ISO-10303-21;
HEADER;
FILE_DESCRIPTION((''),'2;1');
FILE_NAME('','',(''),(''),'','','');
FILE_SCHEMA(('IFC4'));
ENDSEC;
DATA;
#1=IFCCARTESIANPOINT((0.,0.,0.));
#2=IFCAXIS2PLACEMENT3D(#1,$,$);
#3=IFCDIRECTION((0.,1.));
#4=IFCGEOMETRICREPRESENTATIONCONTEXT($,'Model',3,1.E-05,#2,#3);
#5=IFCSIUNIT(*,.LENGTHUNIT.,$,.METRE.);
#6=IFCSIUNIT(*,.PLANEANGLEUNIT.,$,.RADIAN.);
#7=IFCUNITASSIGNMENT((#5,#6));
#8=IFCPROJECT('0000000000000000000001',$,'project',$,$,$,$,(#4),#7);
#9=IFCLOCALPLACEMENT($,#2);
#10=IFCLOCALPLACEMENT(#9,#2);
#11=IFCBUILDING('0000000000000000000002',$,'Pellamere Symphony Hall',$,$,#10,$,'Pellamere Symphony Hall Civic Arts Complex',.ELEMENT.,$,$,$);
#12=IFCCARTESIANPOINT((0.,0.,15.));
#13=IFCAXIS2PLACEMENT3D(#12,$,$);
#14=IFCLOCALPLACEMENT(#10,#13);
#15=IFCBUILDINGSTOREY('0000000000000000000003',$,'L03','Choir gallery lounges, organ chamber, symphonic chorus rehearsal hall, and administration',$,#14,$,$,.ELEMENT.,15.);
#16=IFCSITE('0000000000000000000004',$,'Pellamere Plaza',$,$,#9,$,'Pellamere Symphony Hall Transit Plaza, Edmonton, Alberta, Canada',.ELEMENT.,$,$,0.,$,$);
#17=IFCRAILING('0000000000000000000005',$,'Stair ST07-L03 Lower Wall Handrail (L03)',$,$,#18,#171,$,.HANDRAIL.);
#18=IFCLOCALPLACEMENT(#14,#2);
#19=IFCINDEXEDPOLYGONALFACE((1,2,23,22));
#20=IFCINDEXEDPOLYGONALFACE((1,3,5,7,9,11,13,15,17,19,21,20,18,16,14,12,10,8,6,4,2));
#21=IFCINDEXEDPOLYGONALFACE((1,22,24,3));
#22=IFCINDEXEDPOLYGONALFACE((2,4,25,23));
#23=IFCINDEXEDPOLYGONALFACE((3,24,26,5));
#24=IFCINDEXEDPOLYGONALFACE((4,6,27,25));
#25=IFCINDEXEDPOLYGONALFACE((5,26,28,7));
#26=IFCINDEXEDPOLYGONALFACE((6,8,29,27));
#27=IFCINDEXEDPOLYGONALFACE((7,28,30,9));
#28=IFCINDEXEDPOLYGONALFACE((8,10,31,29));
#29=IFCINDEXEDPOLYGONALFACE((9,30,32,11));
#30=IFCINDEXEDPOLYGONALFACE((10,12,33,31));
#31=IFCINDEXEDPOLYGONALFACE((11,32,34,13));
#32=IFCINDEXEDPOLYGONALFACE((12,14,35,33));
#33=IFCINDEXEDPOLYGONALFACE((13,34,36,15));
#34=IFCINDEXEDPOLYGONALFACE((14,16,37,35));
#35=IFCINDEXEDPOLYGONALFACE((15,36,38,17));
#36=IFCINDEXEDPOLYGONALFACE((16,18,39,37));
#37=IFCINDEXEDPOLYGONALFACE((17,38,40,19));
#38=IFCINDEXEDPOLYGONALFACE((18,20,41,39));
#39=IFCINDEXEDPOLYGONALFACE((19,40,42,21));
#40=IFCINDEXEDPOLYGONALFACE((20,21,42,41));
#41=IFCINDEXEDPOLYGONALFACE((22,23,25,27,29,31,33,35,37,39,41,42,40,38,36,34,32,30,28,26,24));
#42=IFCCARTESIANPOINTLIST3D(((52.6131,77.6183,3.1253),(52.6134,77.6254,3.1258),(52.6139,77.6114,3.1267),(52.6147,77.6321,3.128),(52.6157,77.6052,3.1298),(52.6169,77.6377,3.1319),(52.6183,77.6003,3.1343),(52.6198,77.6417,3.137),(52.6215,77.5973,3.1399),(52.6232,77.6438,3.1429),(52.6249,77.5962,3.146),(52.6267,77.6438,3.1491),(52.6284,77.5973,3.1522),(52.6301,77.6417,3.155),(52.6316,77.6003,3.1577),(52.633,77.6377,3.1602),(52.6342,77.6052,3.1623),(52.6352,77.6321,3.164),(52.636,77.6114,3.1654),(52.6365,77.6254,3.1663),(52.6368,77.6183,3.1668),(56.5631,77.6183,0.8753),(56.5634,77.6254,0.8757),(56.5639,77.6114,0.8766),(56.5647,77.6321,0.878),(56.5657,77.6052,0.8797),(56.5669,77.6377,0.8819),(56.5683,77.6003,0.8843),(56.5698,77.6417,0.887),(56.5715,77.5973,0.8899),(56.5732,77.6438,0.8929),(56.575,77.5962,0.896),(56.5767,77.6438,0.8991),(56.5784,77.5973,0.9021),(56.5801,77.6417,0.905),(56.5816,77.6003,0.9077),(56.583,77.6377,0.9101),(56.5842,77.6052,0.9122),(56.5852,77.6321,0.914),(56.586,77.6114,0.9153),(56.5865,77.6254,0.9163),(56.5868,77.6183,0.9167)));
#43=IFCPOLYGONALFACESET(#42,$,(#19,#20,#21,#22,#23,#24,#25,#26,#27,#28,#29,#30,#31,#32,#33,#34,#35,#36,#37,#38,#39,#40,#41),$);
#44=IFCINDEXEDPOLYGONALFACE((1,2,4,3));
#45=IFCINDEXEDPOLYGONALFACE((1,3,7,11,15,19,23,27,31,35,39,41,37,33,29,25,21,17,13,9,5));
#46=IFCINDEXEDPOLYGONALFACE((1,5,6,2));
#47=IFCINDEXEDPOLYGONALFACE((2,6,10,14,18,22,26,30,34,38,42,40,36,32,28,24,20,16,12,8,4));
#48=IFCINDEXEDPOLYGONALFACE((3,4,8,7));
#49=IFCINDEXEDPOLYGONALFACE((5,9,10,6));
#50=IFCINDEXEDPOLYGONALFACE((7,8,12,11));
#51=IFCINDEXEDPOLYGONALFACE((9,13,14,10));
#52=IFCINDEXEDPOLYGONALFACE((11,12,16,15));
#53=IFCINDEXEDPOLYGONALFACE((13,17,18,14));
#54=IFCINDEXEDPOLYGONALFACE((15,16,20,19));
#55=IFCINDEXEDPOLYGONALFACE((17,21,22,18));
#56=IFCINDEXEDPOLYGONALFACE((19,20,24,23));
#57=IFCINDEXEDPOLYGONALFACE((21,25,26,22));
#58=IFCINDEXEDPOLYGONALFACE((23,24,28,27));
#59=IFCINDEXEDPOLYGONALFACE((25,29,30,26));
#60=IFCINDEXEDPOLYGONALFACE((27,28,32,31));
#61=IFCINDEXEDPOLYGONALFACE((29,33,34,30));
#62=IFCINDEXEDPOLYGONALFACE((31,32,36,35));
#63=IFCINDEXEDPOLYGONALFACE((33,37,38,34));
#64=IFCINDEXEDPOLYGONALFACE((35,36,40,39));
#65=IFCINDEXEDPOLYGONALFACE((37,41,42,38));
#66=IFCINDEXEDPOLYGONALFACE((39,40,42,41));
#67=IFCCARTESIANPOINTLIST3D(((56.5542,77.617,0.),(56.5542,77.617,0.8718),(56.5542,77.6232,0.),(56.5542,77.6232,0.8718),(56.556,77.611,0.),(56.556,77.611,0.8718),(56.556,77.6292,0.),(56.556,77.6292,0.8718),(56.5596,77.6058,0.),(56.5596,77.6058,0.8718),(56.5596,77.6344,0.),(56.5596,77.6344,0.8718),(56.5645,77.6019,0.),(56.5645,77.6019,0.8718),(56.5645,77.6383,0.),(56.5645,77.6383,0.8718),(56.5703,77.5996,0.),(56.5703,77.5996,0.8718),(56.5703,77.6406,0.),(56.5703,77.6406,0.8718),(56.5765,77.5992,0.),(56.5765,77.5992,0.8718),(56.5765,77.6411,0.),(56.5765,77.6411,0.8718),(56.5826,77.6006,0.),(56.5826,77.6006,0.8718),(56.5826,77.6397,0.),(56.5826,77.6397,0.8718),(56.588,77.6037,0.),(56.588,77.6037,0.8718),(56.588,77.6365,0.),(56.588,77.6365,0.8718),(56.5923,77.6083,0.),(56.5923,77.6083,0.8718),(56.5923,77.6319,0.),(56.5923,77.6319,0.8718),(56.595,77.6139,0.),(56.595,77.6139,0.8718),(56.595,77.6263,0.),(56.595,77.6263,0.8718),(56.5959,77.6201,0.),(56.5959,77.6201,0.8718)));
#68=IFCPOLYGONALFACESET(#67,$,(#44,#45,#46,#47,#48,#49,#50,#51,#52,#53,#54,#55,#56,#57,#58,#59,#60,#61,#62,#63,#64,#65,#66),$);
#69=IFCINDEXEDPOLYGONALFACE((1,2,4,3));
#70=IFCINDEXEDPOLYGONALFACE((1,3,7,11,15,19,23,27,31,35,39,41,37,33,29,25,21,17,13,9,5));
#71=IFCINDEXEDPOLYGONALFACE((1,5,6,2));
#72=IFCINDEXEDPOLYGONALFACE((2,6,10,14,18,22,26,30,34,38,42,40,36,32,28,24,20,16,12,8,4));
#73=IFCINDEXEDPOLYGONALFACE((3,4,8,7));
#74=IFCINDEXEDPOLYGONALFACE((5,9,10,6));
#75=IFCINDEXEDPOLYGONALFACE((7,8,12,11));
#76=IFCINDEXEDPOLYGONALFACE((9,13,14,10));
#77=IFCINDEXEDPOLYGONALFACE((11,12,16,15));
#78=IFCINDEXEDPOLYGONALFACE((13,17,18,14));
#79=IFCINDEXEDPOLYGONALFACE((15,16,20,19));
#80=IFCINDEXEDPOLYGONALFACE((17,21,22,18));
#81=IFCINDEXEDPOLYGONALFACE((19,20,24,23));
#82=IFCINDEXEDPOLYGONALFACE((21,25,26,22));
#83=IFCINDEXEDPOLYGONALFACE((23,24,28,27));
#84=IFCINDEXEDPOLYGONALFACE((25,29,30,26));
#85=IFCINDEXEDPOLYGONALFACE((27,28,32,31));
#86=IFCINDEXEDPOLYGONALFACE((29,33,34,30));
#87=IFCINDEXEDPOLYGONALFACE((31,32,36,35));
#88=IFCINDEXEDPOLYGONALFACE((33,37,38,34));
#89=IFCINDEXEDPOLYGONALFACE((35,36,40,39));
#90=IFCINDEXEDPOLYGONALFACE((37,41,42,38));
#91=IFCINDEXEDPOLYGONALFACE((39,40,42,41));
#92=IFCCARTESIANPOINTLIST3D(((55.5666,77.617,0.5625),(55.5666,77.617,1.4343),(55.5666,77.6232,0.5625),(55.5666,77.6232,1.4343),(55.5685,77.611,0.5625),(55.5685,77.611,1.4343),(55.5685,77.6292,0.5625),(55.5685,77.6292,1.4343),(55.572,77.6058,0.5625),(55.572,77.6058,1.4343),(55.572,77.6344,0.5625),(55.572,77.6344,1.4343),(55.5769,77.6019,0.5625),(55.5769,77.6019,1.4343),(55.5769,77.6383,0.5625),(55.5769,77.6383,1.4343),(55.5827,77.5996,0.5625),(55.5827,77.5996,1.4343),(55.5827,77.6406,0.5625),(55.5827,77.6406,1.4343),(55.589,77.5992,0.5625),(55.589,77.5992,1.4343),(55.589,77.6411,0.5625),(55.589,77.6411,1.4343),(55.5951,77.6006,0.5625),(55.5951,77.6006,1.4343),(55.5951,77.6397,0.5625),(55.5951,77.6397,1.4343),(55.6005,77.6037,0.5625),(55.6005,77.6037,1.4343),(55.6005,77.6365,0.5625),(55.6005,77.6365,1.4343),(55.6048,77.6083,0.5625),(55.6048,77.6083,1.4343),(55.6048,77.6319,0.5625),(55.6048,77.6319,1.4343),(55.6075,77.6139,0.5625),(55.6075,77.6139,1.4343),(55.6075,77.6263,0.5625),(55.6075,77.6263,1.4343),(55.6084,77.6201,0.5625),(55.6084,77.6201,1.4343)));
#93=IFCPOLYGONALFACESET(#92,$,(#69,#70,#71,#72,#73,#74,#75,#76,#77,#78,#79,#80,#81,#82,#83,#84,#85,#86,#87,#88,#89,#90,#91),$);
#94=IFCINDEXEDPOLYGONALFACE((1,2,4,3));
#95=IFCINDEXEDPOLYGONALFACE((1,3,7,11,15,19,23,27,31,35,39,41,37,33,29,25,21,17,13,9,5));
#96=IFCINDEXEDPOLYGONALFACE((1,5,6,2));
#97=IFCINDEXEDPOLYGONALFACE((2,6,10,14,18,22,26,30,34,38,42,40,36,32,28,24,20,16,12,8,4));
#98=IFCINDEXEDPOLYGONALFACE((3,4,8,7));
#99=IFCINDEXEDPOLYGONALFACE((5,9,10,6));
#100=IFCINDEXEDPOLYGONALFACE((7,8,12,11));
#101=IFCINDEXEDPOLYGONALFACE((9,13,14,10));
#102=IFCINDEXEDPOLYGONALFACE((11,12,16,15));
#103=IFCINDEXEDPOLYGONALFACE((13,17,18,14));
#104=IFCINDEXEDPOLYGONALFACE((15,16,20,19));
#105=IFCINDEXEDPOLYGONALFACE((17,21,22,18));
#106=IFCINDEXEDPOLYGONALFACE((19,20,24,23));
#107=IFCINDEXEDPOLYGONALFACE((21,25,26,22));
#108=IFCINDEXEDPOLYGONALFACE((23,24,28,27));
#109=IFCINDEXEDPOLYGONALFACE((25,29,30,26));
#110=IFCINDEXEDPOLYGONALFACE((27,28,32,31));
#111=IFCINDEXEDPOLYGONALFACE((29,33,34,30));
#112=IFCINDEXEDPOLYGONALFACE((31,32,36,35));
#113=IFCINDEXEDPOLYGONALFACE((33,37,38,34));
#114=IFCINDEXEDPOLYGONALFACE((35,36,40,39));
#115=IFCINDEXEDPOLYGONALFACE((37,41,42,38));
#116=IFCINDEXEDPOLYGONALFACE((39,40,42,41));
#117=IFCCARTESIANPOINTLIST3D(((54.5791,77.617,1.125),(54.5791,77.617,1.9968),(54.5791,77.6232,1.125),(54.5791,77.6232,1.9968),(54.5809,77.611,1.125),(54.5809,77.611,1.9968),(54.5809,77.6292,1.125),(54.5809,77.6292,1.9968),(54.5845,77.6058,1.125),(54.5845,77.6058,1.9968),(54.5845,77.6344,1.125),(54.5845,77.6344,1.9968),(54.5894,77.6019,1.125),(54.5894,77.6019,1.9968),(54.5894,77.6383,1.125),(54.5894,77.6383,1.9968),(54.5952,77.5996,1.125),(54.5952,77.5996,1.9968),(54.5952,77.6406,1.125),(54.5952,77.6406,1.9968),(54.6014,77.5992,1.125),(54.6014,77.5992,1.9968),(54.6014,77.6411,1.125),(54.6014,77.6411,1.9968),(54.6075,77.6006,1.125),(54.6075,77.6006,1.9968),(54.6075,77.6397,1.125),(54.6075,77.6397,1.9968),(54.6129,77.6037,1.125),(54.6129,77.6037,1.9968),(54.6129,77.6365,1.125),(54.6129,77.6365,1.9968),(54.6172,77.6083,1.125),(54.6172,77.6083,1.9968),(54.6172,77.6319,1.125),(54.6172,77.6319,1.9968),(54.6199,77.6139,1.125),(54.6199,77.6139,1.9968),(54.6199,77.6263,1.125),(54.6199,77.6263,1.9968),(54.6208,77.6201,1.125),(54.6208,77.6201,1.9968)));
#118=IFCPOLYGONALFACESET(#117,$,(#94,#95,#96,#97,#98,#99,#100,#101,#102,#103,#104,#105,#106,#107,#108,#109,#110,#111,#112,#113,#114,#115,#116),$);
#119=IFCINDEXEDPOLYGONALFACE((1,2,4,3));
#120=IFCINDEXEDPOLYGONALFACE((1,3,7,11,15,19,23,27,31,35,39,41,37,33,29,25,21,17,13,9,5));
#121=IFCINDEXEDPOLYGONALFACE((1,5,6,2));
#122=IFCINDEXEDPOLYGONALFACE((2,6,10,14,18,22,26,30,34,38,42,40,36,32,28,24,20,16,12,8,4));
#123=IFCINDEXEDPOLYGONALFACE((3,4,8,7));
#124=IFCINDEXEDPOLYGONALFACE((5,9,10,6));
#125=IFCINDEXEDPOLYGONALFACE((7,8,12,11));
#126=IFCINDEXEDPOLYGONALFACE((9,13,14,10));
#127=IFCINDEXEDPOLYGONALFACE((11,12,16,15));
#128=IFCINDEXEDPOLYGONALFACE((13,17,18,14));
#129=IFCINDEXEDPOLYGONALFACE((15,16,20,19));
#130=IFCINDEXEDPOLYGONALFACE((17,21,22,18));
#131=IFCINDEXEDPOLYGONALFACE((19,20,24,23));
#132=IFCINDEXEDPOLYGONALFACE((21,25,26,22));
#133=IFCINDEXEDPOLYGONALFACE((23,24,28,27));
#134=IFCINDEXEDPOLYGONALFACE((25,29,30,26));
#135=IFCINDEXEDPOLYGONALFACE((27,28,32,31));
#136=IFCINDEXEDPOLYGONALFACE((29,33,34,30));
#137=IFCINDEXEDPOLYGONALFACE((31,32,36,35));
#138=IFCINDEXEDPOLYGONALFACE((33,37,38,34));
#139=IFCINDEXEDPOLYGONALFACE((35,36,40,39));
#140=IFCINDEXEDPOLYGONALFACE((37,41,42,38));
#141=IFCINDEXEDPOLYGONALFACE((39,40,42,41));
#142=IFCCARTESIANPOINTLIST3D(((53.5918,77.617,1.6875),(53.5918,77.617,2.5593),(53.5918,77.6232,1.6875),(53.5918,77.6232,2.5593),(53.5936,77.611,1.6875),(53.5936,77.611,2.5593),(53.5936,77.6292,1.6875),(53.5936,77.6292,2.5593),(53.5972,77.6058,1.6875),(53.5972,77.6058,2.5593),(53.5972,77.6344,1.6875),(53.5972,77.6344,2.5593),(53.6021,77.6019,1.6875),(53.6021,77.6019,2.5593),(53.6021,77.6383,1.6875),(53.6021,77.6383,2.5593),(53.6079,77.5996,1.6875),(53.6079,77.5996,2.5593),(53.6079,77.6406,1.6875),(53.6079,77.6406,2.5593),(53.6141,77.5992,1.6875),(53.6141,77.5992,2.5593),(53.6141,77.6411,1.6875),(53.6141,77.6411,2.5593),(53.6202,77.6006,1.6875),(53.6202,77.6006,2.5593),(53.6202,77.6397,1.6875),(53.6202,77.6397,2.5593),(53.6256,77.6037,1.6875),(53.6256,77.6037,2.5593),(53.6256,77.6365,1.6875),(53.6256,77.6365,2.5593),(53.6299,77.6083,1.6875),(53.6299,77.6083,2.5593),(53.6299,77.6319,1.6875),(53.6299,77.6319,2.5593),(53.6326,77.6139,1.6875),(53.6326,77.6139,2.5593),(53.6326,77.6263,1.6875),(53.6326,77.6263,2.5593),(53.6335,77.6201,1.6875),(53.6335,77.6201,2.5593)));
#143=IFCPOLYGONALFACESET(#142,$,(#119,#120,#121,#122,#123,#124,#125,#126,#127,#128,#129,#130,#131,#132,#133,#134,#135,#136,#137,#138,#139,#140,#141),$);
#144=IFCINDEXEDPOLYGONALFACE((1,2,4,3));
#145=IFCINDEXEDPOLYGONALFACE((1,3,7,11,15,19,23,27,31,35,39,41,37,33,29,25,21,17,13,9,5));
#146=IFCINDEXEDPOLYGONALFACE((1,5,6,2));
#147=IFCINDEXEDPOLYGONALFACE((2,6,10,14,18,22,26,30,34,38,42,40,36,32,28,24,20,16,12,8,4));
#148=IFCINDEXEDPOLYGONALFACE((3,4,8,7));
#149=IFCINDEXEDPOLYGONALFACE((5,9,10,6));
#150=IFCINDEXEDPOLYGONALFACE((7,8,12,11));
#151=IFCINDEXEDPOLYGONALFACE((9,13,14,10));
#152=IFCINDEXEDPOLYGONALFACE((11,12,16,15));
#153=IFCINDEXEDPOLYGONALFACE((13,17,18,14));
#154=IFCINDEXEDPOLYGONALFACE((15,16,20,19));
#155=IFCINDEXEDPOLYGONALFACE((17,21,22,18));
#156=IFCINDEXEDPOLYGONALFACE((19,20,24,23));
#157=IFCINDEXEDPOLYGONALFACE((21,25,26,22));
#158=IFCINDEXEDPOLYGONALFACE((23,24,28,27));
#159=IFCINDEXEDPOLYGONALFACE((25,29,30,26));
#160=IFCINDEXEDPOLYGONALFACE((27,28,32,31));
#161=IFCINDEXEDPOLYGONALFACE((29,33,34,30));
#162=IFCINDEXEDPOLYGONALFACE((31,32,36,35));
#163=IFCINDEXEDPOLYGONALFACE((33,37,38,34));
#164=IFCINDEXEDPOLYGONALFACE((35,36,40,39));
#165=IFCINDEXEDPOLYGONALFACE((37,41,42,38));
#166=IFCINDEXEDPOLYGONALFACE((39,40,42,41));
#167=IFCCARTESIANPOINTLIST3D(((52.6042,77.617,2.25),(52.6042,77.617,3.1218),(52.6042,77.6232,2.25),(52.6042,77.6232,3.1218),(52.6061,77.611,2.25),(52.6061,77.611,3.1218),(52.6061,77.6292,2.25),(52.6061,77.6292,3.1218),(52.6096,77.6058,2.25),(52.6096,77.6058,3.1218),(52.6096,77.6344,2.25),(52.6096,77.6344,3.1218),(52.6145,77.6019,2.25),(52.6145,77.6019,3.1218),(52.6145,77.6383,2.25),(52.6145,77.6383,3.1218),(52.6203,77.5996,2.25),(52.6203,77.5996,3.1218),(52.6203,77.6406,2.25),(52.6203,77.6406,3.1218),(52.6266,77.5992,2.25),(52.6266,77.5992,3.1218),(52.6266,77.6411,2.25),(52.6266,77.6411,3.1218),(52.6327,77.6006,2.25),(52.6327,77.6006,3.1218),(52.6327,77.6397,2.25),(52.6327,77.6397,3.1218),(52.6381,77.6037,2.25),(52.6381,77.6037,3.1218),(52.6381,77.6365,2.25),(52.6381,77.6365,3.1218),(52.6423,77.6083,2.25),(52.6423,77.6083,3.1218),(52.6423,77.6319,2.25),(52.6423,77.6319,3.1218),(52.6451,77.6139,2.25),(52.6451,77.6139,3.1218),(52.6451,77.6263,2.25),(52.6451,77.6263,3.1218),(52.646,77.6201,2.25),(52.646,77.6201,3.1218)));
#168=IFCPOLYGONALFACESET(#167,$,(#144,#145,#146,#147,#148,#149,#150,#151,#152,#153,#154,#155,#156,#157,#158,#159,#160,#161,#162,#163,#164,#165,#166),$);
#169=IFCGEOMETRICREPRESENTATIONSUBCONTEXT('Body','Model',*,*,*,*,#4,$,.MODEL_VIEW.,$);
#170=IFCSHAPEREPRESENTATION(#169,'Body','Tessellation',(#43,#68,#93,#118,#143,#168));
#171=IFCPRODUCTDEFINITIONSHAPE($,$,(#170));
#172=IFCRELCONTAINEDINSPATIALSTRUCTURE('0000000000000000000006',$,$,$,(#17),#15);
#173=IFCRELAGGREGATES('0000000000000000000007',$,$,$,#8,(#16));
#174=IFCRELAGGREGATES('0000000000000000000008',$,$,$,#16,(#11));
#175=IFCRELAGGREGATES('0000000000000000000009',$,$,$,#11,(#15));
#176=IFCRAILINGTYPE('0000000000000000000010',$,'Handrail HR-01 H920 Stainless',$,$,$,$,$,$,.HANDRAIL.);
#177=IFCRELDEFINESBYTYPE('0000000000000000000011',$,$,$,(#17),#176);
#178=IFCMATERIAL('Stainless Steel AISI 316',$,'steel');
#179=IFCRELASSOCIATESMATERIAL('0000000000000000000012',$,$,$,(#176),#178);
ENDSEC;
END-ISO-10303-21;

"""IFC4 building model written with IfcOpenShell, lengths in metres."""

from ifc_helpers import new_model, si_unit, direction, frame, origin, origin_2d, place, context, subcontext, project, spatial, circle, extrude, material, type_object, element, save


model = new_model("IFC4")

# Units and contexts
model_context = context("Model", 3, precision=1e-05, world=origin(), true_north=direction((0.0, 1.0)))
body_context = subcontext(model_context, "Body", "Model", "MODEL_VIEW")
ifc_project = project(units=[si_unit("LENGTHUNIT", "METRE"), si_unit("PLANEANGLEUNIT", "RADIAN")], contexts=[model_context])

# Site, building, storey
site_placement = place(None, origin())
site = spatial("IfcSite", under=ifc_project, at=site_placement, Name="Pellamere Plaza", LongName="Pellamere Symphony Hall Transit Plaza, Edmonton, Alberta, Canada", CompositionType="ELEMENT", RefElevation=0.0)
building_placement = place(site_placement, origin())
building = spatial("IfcBuilding", under=site, at=building_placement, Name="Pellamere Symphony Hall", LongName="Pellamere Symphony Hall Civic Arts Complex", CompositionType="ELEMENT")
storey_placement = place(building_placement, frame((0.0, 0.0, 15.0)))
storey = spatial("IfcBuildingStorey", under=building, at=storey_placement, Name="L03", Description="Choir gallery lounges, organ chamber, symphonic chorus rehearsal hall, and administration", CompositionType="ELEMENT", Elevation=15.0)

# Railing
ifc_material_1 = material(Name="Stainless Steel AISI 316", Category="steel")
railing_type_1 = type_object("IfcRailingType", Name="Handrail HR-01 H920 Stainless", PredefinedType="HANDRAIL", material=ifc_material_1)
railing_1_placement = place(storey_placement, frame((56.575, 77.6201, 0.0)))
element("IfcRailing", 1, at=railing_1_placement, inside=storey, type_object=railing_type_1, Name="Stair ST07-L03 Lower Wall Handrail (L03)", PredefinedType="HANDRAIL", context=body_context, shape_type="SweptSolid", body=[
    extrude(circle(Radius=0.0239, at=origin_2d()), frame((0.0, 0.0, 0.896), z_axis=(-0.868917, 0.0, 0.494959), x_axis=(0.0, -1.0, 0.0)), (0.0, 0.0, 1.0), 4.5459),
    extrude(circle(Radius=0.021, at=origin_2d()), origin(), (0.0, 0.0, 1.0), 0.8718),
    extrude(circle(Radius=0.021, at=origin_2d()), frame((-0.9875, 0.0, 0.5625)), (0.0, 0.0, 1.0), 0.8718),
    extrude(circle(Radius=0.021, at=origin_2d()), frame((-1.9751, 0.0, 1.125)), (0.0, 0.0, 1.0), 0.8718),
    extrude(circle(Radius=0.021, at=origin_2d()), frame((-2.9624, 0.0, 1.6875)), (0.0, 0.0, 1.0), 0.8718),
    extrude(circle(Radius=0.021, at=origin_2d()), frame((-3.95, 0.0, 2.25)), (0.0, 0.0, 1.0), 0.8718),
])

save(model, "model.ifc")
